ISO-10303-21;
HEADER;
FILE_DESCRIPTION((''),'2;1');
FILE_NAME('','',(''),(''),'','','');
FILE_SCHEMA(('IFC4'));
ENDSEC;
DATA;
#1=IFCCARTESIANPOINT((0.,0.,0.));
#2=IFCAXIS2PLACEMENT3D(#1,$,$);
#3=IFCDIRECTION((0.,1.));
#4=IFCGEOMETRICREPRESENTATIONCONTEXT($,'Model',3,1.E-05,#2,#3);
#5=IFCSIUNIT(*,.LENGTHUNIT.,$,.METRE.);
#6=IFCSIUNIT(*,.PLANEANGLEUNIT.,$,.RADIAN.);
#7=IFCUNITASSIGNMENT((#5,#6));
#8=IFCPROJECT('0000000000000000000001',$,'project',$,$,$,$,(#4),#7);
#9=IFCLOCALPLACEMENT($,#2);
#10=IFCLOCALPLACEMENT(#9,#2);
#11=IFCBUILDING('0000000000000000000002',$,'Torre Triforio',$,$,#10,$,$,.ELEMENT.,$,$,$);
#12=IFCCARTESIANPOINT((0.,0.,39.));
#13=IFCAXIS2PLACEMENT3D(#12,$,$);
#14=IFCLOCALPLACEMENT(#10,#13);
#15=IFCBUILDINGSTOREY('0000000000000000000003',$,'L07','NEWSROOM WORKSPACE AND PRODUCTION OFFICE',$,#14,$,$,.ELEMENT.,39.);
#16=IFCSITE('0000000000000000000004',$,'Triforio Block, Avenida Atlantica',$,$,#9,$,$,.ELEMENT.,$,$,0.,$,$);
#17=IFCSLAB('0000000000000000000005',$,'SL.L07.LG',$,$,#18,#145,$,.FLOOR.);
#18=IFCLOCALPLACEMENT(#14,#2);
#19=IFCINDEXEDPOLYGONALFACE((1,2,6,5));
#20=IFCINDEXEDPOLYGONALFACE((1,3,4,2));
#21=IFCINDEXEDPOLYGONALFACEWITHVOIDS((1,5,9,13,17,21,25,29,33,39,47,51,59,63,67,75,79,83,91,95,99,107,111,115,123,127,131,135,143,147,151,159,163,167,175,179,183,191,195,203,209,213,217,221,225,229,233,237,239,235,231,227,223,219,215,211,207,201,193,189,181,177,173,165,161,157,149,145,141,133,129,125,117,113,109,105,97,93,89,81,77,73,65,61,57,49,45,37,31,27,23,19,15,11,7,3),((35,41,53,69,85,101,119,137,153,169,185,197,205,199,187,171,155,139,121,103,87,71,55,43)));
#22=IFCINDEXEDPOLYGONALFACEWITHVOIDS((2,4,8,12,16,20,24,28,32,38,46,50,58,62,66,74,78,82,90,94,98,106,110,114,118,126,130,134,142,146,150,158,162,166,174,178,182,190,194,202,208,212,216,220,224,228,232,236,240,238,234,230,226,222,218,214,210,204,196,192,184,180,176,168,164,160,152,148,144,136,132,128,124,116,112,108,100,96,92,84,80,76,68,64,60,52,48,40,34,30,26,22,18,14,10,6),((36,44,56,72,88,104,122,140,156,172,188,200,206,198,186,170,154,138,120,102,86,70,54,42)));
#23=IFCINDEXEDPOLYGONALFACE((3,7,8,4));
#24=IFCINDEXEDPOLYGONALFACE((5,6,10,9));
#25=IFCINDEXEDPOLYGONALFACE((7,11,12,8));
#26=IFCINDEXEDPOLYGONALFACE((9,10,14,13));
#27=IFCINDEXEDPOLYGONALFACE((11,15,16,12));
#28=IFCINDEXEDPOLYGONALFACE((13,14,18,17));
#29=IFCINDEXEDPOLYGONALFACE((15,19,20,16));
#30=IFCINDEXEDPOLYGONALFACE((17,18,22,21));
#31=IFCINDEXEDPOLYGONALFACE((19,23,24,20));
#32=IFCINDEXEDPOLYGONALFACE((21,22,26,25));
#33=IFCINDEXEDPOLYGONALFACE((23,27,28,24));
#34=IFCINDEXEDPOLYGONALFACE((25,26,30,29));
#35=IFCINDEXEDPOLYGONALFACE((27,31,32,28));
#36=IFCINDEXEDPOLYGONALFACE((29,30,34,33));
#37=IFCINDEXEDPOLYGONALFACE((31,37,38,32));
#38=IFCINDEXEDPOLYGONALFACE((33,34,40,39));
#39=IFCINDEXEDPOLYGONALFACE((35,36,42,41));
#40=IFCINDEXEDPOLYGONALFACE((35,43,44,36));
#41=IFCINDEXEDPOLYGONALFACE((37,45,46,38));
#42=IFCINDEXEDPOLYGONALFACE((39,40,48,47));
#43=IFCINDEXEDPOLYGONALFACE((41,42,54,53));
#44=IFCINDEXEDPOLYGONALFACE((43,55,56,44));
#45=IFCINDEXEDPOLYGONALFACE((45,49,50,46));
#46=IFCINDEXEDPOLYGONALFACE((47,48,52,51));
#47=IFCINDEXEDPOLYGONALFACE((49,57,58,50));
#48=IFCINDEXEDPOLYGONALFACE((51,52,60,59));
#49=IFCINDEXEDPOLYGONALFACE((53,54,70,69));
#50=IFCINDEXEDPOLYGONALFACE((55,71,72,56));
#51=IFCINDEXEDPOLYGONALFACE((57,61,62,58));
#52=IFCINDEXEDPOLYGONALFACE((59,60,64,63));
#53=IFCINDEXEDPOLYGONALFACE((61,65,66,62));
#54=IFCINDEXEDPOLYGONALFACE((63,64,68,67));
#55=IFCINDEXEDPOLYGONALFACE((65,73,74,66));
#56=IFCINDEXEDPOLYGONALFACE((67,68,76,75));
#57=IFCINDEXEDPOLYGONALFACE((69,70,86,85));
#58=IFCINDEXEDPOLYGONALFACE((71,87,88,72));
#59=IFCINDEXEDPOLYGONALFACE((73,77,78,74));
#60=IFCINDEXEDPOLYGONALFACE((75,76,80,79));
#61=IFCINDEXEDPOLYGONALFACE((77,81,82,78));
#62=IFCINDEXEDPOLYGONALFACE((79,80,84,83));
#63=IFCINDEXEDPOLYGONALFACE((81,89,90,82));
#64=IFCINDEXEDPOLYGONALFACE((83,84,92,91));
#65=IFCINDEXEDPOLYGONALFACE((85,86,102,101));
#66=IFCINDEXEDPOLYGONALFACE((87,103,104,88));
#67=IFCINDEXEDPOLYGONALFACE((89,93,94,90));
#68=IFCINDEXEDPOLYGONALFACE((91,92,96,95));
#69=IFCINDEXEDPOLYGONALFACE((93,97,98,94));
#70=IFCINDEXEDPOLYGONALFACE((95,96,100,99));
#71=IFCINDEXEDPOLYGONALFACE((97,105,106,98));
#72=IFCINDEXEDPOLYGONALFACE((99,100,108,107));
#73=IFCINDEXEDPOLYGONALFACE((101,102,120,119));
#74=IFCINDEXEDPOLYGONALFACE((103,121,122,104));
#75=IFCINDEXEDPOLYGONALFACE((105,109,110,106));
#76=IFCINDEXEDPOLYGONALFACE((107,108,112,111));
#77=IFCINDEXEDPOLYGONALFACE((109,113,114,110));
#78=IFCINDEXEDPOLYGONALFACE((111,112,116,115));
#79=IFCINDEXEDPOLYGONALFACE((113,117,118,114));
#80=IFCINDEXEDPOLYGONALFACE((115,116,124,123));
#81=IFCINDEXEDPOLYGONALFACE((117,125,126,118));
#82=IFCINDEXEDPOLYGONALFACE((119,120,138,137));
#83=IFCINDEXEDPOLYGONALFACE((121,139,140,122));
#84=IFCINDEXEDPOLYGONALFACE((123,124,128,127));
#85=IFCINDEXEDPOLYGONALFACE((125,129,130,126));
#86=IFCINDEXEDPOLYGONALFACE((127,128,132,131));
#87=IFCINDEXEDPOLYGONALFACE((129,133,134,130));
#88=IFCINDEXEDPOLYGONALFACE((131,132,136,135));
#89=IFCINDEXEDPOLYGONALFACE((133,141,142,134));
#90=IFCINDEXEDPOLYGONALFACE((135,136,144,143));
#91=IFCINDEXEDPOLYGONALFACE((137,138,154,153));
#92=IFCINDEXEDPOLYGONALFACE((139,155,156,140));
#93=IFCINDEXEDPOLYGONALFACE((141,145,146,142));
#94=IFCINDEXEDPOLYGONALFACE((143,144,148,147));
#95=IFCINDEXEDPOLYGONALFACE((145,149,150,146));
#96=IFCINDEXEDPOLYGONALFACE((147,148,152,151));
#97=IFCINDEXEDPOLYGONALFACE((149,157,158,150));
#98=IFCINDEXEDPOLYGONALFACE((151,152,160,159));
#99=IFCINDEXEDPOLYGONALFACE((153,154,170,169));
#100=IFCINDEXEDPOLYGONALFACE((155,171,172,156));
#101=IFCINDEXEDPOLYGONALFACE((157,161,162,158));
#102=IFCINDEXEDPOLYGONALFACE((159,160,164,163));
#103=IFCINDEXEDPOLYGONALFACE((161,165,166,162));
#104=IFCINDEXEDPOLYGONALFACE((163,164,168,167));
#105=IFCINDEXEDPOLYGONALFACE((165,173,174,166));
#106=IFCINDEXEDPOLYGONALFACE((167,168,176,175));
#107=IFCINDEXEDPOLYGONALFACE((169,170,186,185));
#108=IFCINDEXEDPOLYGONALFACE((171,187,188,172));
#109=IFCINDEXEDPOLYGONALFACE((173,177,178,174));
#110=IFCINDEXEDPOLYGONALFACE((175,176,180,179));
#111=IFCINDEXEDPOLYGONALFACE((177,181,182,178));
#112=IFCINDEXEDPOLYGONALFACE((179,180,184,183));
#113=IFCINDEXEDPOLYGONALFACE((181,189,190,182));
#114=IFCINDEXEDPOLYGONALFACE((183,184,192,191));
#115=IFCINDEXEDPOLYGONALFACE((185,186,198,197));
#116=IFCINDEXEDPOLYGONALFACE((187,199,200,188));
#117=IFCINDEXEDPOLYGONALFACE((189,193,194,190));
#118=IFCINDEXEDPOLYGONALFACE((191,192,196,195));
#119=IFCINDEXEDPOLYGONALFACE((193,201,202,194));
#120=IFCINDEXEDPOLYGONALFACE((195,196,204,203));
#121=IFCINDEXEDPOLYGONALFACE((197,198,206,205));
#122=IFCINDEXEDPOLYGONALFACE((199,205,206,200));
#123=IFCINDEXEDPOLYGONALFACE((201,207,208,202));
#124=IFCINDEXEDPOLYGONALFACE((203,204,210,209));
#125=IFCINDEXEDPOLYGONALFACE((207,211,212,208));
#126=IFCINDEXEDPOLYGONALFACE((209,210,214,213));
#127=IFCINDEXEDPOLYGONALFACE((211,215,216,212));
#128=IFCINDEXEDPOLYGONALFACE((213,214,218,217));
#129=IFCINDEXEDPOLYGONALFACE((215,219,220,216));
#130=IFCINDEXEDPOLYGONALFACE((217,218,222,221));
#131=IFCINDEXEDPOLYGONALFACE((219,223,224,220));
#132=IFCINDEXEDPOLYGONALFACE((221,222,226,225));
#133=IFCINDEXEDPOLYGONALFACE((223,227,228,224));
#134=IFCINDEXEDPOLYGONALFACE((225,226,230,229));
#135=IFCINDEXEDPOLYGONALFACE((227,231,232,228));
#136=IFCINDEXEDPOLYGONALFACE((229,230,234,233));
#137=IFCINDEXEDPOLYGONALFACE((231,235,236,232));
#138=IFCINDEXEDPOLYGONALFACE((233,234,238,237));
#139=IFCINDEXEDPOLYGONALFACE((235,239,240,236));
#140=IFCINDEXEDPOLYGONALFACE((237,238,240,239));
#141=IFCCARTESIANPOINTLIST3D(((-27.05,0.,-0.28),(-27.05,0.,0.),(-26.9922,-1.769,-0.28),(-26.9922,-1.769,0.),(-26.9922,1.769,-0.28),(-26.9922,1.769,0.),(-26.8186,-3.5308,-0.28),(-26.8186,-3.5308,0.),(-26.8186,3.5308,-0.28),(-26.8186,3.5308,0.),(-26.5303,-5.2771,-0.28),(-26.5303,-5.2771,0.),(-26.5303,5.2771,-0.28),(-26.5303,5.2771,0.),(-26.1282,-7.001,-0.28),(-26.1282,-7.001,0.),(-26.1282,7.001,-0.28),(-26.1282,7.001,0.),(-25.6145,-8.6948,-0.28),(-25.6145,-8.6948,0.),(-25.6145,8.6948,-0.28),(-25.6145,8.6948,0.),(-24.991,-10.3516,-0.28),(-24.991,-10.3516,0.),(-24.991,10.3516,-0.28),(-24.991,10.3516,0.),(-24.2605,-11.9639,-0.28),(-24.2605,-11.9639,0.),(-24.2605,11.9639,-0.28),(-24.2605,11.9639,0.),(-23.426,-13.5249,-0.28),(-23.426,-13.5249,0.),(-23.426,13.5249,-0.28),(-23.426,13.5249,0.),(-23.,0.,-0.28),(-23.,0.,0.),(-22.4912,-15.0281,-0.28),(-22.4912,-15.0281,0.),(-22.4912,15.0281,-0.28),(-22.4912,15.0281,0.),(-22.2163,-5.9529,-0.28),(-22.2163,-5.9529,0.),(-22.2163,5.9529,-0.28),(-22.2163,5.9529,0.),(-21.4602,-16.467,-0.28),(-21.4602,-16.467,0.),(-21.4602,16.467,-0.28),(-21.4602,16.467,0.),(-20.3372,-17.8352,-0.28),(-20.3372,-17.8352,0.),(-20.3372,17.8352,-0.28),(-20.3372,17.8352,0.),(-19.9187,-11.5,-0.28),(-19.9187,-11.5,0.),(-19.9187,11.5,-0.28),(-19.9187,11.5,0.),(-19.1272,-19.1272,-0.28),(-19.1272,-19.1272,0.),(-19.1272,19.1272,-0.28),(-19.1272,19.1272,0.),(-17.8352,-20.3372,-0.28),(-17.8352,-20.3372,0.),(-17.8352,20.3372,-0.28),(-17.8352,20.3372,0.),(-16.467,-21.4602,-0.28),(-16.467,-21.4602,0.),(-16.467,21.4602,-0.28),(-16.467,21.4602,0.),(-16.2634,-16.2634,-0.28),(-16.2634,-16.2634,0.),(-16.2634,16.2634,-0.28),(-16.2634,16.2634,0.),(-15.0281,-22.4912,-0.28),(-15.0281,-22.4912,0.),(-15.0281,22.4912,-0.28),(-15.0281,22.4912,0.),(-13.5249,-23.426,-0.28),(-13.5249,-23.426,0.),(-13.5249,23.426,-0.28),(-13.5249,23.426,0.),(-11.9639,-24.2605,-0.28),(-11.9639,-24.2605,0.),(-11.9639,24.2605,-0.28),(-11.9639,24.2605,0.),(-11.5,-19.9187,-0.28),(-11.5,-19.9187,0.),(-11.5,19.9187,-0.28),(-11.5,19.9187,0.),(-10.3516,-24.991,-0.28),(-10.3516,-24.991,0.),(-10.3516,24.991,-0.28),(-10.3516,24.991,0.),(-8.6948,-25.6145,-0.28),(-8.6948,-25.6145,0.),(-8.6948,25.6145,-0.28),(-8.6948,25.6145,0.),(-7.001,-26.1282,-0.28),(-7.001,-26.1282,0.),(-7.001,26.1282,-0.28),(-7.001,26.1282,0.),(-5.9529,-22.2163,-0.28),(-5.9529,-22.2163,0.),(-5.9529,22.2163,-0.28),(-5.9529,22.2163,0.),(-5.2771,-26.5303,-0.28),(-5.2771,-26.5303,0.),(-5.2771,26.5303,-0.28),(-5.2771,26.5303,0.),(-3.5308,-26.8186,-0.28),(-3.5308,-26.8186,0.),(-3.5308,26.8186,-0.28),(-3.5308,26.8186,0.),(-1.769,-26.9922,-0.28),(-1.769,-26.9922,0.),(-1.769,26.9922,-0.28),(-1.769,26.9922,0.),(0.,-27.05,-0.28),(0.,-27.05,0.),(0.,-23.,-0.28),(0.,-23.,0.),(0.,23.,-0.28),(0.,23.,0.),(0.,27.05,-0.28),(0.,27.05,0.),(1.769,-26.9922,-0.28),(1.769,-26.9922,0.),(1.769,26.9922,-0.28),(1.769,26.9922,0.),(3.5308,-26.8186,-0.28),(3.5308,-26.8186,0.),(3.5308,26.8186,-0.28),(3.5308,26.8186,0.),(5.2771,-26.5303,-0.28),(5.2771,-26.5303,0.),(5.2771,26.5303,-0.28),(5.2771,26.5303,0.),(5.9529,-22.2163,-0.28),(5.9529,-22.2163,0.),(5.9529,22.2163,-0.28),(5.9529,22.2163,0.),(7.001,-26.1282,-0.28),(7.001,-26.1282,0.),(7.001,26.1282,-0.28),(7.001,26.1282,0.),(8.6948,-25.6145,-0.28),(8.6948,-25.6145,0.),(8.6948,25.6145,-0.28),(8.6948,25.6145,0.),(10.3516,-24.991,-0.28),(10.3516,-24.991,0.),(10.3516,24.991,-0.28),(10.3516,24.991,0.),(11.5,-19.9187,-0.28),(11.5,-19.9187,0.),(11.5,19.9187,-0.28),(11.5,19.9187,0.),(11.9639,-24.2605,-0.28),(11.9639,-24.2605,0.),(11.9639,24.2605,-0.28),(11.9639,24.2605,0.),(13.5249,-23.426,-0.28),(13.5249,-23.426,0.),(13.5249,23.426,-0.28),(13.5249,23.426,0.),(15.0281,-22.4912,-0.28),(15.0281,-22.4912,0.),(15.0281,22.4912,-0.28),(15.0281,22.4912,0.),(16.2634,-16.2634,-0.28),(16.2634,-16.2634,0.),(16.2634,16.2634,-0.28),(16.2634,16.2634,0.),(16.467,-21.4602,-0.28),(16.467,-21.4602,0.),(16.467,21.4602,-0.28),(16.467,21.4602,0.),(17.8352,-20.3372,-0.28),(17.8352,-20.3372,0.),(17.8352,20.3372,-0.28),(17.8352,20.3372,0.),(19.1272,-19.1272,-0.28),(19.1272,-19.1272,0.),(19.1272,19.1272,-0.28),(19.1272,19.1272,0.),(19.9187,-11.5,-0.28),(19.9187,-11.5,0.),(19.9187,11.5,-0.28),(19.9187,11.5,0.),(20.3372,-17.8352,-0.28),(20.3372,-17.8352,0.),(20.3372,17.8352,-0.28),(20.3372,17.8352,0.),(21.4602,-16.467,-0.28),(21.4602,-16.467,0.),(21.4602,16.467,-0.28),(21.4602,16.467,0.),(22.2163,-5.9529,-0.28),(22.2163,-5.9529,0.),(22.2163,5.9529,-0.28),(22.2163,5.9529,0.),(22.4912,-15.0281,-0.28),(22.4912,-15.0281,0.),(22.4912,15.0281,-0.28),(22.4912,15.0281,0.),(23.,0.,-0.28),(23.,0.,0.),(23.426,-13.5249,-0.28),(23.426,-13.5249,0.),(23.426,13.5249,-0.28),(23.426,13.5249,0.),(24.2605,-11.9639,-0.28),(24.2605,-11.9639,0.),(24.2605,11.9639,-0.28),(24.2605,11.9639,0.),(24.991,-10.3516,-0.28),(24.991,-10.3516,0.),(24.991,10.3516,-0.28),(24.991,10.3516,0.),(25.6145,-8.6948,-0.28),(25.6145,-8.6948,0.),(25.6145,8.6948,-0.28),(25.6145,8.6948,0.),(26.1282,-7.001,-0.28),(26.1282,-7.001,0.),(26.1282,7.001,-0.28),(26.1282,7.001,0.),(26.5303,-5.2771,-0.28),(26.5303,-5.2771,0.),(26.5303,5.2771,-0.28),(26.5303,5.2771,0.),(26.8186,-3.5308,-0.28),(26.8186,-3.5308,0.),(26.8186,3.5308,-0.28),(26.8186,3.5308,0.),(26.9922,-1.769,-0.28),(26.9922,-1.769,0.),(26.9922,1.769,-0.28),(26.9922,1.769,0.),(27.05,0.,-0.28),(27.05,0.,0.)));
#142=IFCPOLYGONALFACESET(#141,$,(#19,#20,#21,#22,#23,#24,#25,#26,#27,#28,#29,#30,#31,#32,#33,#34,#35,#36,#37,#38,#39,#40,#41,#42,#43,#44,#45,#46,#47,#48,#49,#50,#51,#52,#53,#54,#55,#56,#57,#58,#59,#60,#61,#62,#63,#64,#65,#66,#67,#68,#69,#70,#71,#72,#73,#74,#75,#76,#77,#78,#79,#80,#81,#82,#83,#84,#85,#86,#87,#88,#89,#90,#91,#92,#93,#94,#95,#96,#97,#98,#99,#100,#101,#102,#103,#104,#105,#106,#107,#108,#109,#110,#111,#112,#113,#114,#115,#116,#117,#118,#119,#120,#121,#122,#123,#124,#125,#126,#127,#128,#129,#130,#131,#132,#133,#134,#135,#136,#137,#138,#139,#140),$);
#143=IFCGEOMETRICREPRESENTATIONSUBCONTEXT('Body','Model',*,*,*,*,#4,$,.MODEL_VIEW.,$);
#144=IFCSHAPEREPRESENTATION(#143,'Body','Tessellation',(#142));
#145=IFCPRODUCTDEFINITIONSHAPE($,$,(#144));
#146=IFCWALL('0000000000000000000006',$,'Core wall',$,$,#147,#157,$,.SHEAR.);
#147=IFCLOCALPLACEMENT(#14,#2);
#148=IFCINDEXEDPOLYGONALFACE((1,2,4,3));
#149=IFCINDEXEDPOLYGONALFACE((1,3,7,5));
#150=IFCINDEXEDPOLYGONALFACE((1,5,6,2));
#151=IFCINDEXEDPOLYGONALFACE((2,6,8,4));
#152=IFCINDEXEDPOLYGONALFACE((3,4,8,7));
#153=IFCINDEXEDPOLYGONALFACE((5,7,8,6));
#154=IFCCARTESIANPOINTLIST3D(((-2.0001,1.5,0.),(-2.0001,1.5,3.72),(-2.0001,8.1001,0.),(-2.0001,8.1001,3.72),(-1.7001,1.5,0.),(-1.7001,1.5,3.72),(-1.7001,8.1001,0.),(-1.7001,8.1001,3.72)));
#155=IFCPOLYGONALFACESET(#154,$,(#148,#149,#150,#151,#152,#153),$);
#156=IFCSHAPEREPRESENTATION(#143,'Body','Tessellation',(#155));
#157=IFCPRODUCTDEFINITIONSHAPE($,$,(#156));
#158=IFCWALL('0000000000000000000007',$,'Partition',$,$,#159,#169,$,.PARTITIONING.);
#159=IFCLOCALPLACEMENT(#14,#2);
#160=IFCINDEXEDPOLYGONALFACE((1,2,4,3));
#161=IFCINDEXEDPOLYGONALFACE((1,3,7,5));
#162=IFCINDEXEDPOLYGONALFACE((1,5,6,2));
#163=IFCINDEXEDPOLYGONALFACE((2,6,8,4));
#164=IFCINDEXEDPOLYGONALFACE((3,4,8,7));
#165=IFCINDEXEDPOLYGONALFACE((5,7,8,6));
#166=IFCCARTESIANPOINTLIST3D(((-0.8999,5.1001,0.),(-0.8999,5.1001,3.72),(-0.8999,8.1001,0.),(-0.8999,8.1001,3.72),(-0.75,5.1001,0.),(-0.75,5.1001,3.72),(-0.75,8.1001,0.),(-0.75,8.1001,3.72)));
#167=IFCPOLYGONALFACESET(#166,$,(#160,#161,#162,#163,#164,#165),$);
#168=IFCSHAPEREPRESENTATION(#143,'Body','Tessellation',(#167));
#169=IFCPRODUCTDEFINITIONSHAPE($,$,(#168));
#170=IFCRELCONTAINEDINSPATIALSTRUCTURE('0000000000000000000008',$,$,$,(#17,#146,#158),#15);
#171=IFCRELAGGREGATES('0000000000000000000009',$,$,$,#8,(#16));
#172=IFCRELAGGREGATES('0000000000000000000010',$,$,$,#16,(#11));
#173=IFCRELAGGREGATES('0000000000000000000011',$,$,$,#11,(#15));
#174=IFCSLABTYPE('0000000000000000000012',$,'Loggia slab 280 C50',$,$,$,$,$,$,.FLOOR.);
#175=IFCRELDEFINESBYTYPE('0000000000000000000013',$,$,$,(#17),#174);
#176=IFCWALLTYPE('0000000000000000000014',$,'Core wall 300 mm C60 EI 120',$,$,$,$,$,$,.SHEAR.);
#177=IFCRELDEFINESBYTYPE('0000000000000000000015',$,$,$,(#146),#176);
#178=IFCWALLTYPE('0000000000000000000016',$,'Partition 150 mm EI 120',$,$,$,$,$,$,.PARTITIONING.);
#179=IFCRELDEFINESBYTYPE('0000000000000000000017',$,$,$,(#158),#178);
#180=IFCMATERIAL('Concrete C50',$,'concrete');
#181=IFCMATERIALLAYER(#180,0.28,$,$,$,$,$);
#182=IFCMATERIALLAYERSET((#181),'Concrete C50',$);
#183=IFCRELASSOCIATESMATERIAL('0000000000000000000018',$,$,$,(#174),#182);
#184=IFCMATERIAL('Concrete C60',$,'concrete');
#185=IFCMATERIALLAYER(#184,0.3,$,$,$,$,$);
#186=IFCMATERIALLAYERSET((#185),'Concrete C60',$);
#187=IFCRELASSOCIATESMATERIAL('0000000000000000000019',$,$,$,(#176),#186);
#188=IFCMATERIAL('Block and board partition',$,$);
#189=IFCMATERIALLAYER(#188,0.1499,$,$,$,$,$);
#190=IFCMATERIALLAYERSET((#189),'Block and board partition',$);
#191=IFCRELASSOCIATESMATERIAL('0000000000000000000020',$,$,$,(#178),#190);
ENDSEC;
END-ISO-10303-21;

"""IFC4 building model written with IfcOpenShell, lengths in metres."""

from ifc_helpers import new_model, si_unit, direction, frame, frame_2d, origin, place, context, subcontext, project, spatial, polyline, rectangle, outline, extrude, material, layer, layer_set, type_object, element, save


model = new_model("IFC4")

# Units and contexts
model_context = context("Model", 3, precision=1e-05, world=origin(), true_north=direction((0.0, 1.0)))
body_context = subcontext(model_context, "Body", "Model", "MODEL_VIEW")
ifc_project = project(units=[si_unit("LENGTHUNIT", "METRE"), si_unit("PLANEANGLEUNIT", "RADIAN")], contexts=[model_context])

# Site, building, storey
site_placement = place(None, origin())
site = spatial("IfcSite", under=ifc_project, at=site_placement, Name="Triforio Block, Avenida Atlantica", CompositionType="ELEMENT", RefElevation=0.0)
building_placement = place(site_placement, origin())
building = spatial("IfcBuilding", under=site, at=building_placement, Name="Torre Triforio", CompositionType="ELEMENT")
storey_placement = place(building_placement, frame((0.0, 0.0, 39.0)))
storey = spatial("IfcBuildingStorey", under=building, at=storey_placement, Name="L07", Description="NEWSROOM WORKSPACE AND PRODUCTION OFFICE", CompositionType="ELEMENT", Elevation=39.0)

# Shared definitions
ifc_material_1 = material(Name="Concrete C50", Category="concrete")

# Slab
ifc_layer_1 = layer(ifc_material_1, 0.28)
ifc_layer_set_1 = layer_set([ifc_layer_1], Name="Concrete C50")
slab_type_1 = type_object("IfcSlabType", Name="Loggia slab 280 C50", PredefinedType="FLOOR", material=ifc_layer_set_1)
slab_1_placement = place(storey_placement, frame((0.0, 0.0, -0.28)))
element("IfcSlab", 1, at=slab_1_placement, inside=storey, type_object=slab_type_1, Name="SL.L07.LG", PredefinedType="FLOOR", context=body_context, shape_type="SweptSolid", body=[
    extrude(outline(polyline([(26.9922, -1.769), (27.05, 0.0), (26.9922, 1.769), (26.8186, 3.5308), (26.5303, 5.2771), (26.1282, 7.001), (25.6145, 8.6948), (24.991, 10.3516), (24.2605, 11.9639), (23.426, 13.5249), (22.4912, 15.0281), (21.4602, 16.467), (20.3372, 17.8352), (19.1272, 19.1272), (17.8352, 20.3372), (16.467, 21.4602), (15.0281, 22.4912), (13.5249, 23.426), (11.9639, 24.2605), (10.3516, 24.991), (8.6948, 25.6145), (7.001, 26.1282), (5.2771, 26.5303), (3.5308, 26.8186), (1.769, 26.9922), (0.0, 27.05), (-1.769, 26.9922), (-3.5308, 26.8186), (-5.2771, 26.5303), (-7.001, 26.1282), (-8.6948, 25.6145), (-10.3516, 24.991), (-11.9639, 24.2605), (-13.5249, 23.426), (-15.0281, 22.4912), (-16.467, 21.4602), (-17.8352, 20.3372), (-19.1272, 19.1272), (-20.3372, 17.8352), (-21.4602, 16.467), (-22.4912, 15.0281), (-23.426, 13.5249), (-24.2605, 11.9639), (-24.991, 10.3516), (-25.6145, 8.6948), (-26.1282, 7.001), (-26.5303, 5.2771), (-26.8186, 3.5308), (-26.9922, 1.769), (-27.05, 0.0), (-26.9922, -1.769), (-26.8186, -3.5308), (-26.5303, -5.2771), (-26.1282, -7.001), (-25.6145, -8.6948), (-24.991, -10.3516), (-24.2605, -11.9639), (-23.426, -13.5249), (-22.4912, -15.0281), (-21.4602, -16.467), (-20.3372, -17.8352), (-19.1272, -19.1272), (-17.8352, -20.3372), (-16.467, -21.4602), (-15.0281, -22.4912), (-13.5249, -23.426), (-11.9639, -24.2605), (-10.3516, -24.991), (-8.6948, -25.6145), (-7.001, -26.1282), (-5.2771, -26.5303), (-3.5308, -26.8186), (-1.769, -26.9922), (0.0, -27.05), (1.769, -26.9922), (3.5308, -26.8186), (5.2771, -26.5303), (7.001, -26.1282), (8.6948, -25.6145), (10.3516, -24.991), (11.9639, -24.2605), (13.5249, -23.426), (15.0281, -22.4912), (16.467, -21.4602), (17.8352, -20.3372), (19.1272, -19.1272), (20.3372, -17.8352), (21.4602, -16.467), (22.4912, -15.0281), (23.426, -13.5249), (24.2605, -11.9639), (24.991, -10.3516), (25.6145, -8.6948), (26.1282, -7.001), (26.5303, -5.2771), (26.8186, -3.5308), (26.9922, -1.769)]), holes=[polyline([(22.2163, 5.9529), (23.0, 0.0), (22.2163, -5.9529), (19.9187, -11.5), (16.2634, -16.2634), (11.5, -19.9187), (5.9529, -22.2163), (0.0, -23.0), (-5.9529, -22.2163), (-11.5, -19.9187), (-16.2634, -16.2634), (-19.9187, -11.5), (-22.2163, -5.9529), (-23.0, 0.0), (-22.2163, 5.9529), (-19.9187, 11.5), (-16.2634, 16.2634), (-11.5, 19.9187), (-5.9529, 22.2163), (0.0, 23.0), (5.9529, 22.2163), (11.5, 19.9187), (16.2634, 16.2634), (19.9187, 11.5), (22.2163, 5.9529)])]), origin(), (0.0, 0.0, 1.0), 0.28),
])

# Walls
ifc_material_2 = material(Name="Concrete C60", Category="concrete")
ifc_layer_2 = layer(ifc_material_2, 0.3)
ifc_layer_set_2 = layer_set([ifc_layer_2], Name="Concrete C60")
wall_type_1 = type_object("IfcWallType", Name="Core wall 300 mm C60 EI 120", PredefinedType="SHEAR", material=ifc_layer_set_2)
wall_1_placement = place(storey_placement, frame((-1.8501, 1.5, 0.0), z_axis=(0.0, 0.0, 1.0), x_axis=(0.0, 1.0, 0.0)))
element("IfcWall", 2, at=wall_1_placement, inside=storey, type_object=wall_type_1, Name="Core wall", PredefinedType="SHEAR", context=body_context, shape_type="SweptSolid", body=[
    extrude(rectangle(XDim=6.6001, YDim=0.3, at=frame_2d((3.3, 0.0))), origin(), (0.0, 0.0, 1.0), 3.72),
])
ifc_material_3 = material(Name="Block and board partition")
ifc_layer_3 = layer(ifc_material_3, 0.1499)
ifc_layer_set_3 = layer_set([ifc_layer_3], Name="Block and board partition")
wall_type_2 = type_object("IfcWallType", Name="Partition 150 mm EI 120", PredefinedType="PARTITIONING", material=ifc_layer_set_3)
wall_2_placement = place(storey_placement, frame((-0.825, 5.1001, 0.0), z_axis=(0.0, 0.0, 1.0), x_axis=(0.0, 1.0, 0.0)))
element("IfcWall", 3, at=wall_2_placement, inside=storey, type_object=wall_type_2, Name="Partition", PredefinedType="PARTITIONING", context=body_context, shape_type="SweptSolid", body=[
    extrude(rectangle(XDim=3.0, YDim=0.1499, at=frame_2d((1.5, 0.0))), origin(), (0.0, 0.0, 1.0), 3.72),
])

save(model, "model.ifc")
